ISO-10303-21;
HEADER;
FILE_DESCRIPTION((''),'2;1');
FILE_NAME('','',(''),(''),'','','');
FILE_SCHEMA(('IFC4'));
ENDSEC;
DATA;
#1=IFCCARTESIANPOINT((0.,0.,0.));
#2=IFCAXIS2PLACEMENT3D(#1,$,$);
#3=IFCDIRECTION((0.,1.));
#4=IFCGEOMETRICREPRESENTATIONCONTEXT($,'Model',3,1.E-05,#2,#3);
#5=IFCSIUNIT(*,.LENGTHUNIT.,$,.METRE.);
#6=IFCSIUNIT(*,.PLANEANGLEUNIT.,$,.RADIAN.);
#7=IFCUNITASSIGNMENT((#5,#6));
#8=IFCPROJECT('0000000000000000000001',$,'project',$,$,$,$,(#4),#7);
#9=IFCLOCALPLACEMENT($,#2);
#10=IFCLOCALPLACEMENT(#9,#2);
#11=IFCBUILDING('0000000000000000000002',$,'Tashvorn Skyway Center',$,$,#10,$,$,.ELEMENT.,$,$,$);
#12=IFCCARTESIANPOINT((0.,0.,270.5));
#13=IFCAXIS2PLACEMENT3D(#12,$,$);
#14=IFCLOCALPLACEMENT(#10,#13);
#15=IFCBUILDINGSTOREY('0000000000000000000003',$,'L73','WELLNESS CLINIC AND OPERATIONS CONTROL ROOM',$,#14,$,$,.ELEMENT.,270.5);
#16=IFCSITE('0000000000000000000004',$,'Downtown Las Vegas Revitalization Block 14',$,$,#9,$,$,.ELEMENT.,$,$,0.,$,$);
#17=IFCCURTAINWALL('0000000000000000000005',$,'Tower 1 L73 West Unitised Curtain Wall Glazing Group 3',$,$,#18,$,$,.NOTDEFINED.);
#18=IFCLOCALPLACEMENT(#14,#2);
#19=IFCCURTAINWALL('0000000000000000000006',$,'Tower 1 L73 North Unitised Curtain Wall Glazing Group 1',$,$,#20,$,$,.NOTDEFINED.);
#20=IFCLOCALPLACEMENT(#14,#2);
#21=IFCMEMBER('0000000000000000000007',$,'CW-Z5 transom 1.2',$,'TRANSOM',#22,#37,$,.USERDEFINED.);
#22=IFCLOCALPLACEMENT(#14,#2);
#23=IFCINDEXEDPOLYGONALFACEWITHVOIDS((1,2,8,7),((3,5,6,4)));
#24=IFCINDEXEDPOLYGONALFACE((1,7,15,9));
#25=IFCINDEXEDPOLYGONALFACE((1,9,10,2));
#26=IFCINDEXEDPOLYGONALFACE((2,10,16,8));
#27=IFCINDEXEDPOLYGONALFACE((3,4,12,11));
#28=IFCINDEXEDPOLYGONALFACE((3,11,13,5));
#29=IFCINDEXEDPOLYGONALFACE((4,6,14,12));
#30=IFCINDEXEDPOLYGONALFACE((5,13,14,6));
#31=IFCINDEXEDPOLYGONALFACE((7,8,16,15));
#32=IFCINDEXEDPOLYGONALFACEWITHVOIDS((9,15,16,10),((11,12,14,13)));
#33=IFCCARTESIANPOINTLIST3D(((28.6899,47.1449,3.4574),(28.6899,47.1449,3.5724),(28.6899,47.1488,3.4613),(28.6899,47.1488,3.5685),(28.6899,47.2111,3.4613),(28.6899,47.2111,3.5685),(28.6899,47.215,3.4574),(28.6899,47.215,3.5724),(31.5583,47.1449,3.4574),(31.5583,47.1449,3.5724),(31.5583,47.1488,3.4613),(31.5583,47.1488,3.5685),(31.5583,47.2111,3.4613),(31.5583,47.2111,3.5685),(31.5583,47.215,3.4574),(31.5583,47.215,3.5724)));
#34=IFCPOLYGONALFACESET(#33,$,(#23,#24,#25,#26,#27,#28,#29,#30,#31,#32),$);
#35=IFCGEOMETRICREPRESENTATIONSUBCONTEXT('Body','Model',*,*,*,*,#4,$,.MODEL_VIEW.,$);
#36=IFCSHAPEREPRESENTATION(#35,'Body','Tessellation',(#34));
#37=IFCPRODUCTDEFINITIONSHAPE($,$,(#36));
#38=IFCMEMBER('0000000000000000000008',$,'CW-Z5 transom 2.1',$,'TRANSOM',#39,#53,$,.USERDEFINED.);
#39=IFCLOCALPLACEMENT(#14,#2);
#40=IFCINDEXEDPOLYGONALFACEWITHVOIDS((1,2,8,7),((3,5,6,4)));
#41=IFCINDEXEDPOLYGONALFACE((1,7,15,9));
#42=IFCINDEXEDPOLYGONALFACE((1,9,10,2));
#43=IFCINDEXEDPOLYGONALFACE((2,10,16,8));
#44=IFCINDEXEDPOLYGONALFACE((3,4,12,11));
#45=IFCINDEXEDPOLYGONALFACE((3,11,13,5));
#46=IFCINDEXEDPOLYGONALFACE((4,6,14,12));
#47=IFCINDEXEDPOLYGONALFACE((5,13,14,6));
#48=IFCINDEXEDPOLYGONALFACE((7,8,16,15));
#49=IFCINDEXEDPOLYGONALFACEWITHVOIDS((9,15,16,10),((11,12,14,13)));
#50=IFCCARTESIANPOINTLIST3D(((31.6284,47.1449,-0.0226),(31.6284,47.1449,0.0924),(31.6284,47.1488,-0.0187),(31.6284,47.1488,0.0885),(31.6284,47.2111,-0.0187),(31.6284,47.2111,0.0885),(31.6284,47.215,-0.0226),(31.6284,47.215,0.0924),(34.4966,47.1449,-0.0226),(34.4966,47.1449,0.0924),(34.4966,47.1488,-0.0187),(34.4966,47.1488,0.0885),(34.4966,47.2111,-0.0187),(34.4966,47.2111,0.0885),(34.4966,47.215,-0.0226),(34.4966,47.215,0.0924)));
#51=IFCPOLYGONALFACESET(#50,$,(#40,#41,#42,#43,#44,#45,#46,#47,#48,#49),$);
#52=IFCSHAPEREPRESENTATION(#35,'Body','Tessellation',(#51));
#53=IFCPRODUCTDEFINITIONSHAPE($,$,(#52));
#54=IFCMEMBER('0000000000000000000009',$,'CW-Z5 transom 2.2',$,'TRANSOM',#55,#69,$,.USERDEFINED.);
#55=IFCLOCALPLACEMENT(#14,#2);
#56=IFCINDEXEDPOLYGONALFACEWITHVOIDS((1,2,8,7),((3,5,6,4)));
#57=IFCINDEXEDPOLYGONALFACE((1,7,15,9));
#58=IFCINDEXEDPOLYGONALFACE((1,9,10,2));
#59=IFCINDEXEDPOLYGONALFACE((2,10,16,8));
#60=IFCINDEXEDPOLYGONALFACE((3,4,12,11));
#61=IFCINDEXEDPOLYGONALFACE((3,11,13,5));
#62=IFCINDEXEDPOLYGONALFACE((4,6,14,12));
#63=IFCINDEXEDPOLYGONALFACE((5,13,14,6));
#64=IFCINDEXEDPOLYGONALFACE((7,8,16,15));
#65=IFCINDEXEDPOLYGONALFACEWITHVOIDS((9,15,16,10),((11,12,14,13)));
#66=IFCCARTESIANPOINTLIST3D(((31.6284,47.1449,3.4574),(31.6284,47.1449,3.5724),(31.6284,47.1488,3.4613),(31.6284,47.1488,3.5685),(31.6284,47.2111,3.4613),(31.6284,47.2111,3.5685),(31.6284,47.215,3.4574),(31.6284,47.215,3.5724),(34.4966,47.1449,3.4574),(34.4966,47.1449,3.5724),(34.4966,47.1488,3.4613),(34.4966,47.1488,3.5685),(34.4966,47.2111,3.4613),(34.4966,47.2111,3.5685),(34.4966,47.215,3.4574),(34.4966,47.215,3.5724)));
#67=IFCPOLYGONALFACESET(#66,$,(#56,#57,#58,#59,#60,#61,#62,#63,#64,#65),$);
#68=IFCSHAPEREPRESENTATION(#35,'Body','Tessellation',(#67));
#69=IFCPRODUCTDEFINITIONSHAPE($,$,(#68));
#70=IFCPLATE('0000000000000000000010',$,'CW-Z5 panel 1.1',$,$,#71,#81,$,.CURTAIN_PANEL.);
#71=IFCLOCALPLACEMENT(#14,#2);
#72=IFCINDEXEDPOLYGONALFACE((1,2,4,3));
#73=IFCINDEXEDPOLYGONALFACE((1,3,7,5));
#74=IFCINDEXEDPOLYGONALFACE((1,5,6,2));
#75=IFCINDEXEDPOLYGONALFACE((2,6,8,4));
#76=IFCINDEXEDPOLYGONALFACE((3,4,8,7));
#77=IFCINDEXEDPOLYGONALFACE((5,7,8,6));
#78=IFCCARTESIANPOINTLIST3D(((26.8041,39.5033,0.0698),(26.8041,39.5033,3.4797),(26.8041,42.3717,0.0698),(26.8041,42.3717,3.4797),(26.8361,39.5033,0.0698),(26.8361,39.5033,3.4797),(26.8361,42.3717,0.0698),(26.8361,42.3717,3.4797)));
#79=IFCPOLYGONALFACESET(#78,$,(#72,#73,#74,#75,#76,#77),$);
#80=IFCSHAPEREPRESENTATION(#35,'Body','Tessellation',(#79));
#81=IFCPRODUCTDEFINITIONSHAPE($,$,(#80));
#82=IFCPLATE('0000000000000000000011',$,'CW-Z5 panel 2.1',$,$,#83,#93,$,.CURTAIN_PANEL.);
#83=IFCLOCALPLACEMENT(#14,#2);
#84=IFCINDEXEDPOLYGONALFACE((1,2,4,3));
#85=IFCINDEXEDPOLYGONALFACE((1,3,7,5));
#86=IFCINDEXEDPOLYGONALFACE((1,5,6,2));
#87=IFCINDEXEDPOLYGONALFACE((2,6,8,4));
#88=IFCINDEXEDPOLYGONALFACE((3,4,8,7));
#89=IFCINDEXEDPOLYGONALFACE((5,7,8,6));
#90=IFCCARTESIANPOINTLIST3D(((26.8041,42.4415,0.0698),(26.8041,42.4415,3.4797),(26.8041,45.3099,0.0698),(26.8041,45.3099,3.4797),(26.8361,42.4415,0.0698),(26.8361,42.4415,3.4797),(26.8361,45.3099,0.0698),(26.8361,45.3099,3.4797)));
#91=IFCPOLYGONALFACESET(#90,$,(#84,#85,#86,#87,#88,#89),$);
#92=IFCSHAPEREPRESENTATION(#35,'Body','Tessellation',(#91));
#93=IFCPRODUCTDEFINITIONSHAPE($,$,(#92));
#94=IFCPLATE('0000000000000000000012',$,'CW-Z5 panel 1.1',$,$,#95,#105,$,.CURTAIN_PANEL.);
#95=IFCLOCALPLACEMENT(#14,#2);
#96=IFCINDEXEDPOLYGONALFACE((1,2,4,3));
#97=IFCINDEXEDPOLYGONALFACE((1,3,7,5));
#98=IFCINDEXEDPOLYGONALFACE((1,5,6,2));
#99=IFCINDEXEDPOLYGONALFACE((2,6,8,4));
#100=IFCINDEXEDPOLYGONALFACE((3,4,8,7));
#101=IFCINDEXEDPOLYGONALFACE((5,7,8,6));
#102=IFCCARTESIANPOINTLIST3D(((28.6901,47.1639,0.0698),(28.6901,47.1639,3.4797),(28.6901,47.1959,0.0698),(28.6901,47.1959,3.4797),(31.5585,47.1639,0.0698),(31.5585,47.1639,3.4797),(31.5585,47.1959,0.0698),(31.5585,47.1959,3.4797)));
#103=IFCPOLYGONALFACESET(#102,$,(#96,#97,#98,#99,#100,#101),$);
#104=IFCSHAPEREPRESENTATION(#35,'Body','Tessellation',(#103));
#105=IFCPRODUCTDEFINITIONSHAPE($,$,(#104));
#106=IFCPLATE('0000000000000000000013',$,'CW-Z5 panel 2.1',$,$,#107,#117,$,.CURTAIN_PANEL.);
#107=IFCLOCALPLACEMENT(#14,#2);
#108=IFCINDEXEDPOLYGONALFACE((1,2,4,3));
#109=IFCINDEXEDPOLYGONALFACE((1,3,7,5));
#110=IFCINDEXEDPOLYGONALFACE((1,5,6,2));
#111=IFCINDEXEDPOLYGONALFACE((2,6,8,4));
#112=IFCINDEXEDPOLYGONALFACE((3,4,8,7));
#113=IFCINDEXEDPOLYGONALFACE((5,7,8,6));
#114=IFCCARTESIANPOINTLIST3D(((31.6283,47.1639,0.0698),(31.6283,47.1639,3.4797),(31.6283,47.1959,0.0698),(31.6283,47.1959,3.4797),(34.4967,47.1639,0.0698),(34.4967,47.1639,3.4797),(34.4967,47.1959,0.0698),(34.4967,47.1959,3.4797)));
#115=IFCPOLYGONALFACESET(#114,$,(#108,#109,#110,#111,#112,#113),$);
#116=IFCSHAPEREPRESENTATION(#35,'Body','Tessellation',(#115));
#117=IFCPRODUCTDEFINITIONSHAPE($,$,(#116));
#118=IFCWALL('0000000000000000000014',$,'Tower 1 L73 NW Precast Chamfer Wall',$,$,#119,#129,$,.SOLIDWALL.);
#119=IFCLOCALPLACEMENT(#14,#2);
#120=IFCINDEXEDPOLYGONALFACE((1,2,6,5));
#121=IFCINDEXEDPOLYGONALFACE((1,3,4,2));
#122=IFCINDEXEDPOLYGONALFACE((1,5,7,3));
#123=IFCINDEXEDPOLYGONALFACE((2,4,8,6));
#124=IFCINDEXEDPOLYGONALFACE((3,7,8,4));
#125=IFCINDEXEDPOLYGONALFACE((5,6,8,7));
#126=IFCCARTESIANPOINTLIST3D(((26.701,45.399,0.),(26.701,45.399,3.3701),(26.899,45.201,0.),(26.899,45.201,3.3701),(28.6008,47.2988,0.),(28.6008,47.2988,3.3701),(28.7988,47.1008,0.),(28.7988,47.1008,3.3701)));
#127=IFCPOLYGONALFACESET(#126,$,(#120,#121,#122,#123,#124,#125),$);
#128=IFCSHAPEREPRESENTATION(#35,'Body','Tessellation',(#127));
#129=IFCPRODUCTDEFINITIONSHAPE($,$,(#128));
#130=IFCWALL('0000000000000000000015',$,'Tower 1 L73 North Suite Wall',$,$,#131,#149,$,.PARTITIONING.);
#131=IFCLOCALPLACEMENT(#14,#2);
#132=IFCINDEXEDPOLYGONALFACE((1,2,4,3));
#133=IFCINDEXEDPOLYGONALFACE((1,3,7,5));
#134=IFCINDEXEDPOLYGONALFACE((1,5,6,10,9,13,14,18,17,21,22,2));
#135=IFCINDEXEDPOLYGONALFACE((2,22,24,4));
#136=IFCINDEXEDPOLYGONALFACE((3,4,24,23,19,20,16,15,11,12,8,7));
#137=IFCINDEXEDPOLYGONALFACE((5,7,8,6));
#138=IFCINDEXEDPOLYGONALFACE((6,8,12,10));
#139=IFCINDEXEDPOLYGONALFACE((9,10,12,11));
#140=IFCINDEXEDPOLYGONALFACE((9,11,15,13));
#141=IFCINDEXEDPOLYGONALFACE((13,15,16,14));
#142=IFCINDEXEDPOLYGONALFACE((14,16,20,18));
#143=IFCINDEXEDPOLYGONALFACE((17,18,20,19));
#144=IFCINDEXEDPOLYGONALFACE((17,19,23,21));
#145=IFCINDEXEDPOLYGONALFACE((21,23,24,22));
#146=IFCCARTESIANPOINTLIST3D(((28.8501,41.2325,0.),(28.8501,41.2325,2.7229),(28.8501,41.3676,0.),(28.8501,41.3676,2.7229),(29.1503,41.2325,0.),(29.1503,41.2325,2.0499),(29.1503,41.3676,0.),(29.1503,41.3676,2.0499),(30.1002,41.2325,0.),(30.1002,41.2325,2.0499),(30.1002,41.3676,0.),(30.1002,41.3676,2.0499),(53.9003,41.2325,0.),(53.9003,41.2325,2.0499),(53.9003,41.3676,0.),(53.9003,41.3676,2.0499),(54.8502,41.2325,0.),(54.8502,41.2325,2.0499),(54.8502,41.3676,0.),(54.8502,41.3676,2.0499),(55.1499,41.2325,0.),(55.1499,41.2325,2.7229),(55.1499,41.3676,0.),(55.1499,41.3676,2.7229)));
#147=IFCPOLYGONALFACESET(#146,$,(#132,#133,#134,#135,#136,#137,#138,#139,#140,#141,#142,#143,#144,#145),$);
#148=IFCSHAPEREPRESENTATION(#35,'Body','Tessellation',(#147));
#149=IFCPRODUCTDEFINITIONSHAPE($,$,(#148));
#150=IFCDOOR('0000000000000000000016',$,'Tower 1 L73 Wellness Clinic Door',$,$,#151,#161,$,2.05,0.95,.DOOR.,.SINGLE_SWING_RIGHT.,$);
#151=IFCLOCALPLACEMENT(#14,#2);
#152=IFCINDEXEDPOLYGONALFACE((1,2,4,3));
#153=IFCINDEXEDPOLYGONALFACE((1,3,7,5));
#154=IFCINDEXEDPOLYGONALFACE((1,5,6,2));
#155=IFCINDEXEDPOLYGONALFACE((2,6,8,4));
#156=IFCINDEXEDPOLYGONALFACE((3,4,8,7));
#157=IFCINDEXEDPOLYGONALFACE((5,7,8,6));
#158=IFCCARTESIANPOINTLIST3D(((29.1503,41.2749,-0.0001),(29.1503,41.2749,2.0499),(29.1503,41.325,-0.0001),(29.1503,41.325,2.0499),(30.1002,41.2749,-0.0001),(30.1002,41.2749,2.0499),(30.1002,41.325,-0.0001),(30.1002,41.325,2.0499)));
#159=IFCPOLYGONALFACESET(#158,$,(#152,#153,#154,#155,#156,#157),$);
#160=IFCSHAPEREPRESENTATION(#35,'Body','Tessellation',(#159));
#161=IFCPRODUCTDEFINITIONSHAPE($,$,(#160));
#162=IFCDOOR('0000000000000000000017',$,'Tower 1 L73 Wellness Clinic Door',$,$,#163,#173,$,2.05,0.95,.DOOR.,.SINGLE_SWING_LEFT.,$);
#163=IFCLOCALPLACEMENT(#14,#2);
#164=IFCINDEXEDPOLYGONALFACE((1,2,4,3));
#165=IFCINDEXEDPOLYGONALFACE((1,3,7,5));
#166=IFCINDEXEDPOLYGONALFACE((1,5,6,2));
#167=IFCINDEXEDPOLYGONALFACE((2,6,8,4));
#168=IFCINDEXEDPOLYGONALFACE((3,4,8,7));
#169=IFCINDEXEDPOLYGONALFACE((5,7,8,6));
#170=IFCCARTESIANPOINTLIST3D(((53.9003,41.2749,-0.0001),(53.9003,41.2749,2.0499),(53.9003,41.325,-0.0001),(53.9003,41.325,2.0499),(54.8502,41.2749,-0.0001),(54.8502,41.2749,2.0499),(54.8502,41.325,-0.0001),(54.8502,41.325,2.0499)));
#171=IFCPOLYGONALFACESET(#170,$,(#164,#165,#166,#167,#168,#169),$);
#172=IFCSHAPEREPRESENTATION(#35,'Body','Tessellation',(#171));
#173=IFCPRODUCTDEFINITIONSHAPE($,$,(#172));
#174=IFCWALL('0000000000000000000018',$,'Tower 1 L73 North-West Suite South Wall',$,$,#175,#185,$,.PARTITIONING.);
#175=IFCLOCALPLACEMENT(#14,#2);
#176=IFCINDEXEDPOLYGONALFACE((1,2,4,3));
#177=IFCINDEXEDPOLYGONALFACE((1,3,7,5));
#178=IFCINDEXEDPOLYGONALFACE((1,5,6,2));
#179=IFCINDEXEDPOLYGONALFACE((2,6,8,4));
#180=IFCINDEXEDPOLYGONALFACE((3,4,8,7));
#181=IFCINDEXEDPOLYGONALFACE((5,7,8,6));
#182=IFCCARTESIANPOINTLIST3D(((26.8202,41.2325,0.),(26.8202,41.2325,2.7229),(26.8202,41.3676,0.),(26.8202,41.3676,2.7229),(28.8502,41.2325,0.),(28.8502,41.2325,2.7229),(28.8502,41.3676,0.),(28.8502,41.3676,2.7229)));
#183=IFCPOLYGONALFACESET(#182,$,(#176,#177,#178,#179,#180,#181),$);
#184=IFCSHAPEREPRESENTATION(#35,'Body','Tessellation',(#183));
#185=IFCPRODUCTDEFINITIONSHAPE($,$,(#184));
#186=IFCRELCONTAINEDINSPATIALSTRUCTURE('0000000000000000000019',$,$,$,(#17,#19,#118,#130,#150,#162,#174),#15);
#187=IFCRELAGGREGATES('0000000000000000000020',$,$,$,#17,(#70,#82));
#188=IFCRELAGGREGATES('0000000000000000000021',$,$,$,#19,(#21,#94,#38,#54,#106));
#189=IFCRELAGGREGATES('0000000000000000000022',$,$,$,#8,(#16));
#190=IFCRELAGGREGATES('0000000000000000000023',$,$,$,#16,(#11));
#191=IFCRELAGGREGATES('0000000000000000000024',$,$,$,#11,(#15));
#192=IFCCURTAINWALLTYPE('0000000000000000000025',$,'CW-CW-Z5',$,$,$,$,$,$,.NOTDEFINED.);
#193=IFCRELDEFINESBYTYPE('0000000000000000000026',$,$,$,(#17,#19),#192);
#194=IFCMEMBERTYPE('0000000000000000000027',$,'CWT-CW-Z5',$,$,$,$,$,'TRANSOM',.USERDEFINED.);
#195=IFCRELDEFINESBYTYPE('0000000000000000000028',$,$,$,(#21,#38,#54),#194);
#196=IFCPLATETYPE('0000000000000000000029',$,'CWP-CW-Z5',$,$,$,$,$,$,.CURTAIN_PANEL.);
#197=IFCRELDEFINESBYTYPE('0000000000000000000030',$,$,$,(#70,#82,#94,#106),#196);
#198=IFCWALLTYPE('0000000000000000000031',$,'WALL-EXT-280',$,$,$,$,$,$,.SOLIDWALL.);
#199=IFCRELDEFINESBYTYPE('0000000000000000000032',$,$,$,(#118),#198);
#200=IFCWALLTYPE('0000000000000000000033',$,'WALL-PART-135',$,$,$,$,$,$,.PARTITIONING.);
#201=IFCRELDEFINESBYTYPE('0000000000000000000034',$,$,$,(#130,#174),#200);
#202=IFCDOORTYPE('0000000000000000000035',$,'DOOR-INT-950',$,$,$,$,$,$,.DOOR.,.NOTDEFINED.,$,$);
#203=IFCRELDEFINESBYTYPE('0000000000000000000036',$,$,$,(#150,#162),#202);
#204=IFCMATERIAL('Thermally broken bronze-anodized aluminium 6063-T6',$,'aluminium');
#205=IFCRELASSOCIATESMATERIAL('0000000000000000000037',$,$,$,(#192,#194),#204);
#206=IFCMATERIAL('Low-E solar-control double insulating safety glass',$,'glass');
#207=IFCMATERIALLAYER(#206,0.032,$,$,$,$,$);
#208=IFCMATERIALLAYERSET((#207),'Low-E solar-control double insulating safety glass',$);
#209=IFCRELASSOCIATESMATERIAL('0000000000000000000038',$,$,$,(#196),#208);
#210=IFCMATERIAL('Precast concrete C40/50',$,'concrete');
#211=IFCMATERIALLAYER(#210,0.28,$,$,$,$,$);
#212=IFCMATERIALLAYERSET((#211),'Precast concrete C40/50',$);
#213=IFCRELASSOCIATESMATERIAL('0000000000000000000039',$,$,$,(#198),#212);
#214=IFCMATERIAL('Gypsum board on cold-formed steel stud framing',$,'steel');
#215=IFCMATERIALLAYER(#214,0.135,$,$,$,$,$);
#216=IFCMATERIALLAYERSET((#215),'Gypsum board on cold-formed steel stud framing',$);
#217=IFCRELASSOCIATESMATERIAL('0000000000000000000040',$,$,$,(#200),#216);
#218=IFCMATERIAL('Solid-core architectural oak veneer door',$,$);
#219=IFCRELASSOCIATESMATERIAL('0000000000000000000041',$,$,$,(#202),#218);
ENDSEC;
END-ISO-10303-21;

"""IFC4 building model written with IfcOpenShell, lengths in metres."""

from ifc_helpers import new_model, si_unit, direction, frame, frame_2d, origin, origin_2d, place, context, subcontext, project, spatial, rectangle, hollow_rectangle, extrude, material, layer, layer_set, material_profile, profile_set, type_object, element, fill, aggregate, save


model = new_model("IFC4")

# Units and contexts
model_context = context("Model", 3, precision=1e-05, world=origin(), true_north=direction((0.0, 1.0)))
body_context = subcontext(model_context, "Body", "Model", "MODEL_VIEW")
ifc_project = project(units=[si_unit("LENGTHUNIT", "METRE"), si_unit("PLANEANGLEUNIT", "RADIAN")], contexts=[model_context])

# Site, building, storey
site_placement = place(None, origin())
site = spatial("IfcSite", under=ifc_project, at=site_placement, Name="Downtown Las Vegas Revitalization Block 14", CompositionType="ELEMENT", RefElevation=0.0)
building_placement = place(site_placement, origin())
building = spatial("IfcBuilding", under=site, at=building_placement, Name="Tashvorn Skyway Center", CompositionType="ELEMENT")
storey_placement = place(building_placement, frame((0.0, 0.0, 270.5)))
storey = spatial("IfcBuildingStorey", under=building, at=storey_placement, Name="L73", Description="WELLNESS CLINIC AND OPERATIONS CONTROL ROOM", CompositionType="ELEMENT", Elevation=270.5)

# Curtain walls
ifc_material_1 = material(Name="Thermally broken bronze-anodized aluminium 6063-T6", Category="aluminium")
curtain_wall_type = type_object("IfcCurtainWallType", Name="CW-CW-Z5", PredefinedType="NOTDEFINED", material=ifc_material_1)
curtain_wall_1_placement = place(storey_placement, origin())
curtain_wall_1 = element("IfcCurtainWall", 1, at=curtain_wall_1_placement, inside=storey, type_object=curtain_wall_type, Name="Tower 1 L73 West Unitised Curtain Wall Glazing Group 3", PredefinedType="NOTDEFINED")
curtain_wall_2_placement = place(storey_placement, origin())
curtain_wall_2 = element("IfcCurtainWall", 2, at=curtain_wall_2_placement, inside=storey, type_object=curtain_wall_type, Name="Tower 1 L73 North Unitised Curtain Wall Glazing Group 1", PredefinedType="NOTDEFINED")

# Members
ifc_material_profile_1 = material_profile(ifc_material_1, hollow_rectangle(XDim=0.0701, YDim=0.115, WallThickness=0.0039, at=origin_2d()), Name="ALU-TRAN-70x115")
ifc_profile_set_1 = profile_set([ifc_material_profile_1], Name="Thermally broken bronze-anodized aluminium 6063-T6")
member_type_1 = type_object("IfcMemberType", Name="CWT-CW-Z5", ElementType="TRANSOM", PredefinedType="USERDEFINED", material=ifc_profile_set_1)
member_1_placement = place(storey_placement, frame((28.6899, 47.1799, 3.5149), z_axis=(1.0, 0.0, 0.0), x_axis=(0.0, 1.0, 0.0)))
member_1 = element("IfcMember", 3, at=member_1_placement, type_object=member_type_1, Name="CW-Z5 transom 1.2", ObjectType="TRANSOM", PredefinedType="USERDEFINED", context=body_context, shape_type="SweptSolid", body=[
    extrude(hollow_rectangle(XDim=0.0701, YDim=0.115, WallThickness=0.0039, at=origin_2d()), origin(), (0.0, 0.0, 1.0), 2.8684),
])
member_2_placement = place(storey_placement, frame((31.6284, 47.1799, 0.0349), z_axis=(1.0, 0.0, 0.0), x_axis=(0.0, 1.0, 0.0)))
member_2 = element("IfcMember", 4, at=member_2_placement, type_object=member_type_1, Name="CW-Z5 transom 2.1", ObjectType="TRANSOM", PredefinedType="USERDEFINED", context=body_context, shape_type="SweptSolid", body=[
    extrude(hollow_rectangle(XDim=0.0701, YDim=0.115, WallThickness=0.0039, at=origin_2d()), origin(), (0.0, 0.0, 1.0), 2.8682),
])
member_3_placement = place(storey_placement, frame((31.6284, 47.1799, 3.5149), z_axis=(1.0, 0.0, 0.0), x_axis=(0.0, 1.0, 0.0)))
member_3 = element("IfcMember", 5, at=member_3_placement, type_object=member_type_1, Name="CW-Z5 transom 2.2", ObjectType="TRANSOM", PredefinedType="USERDEFINED", context=body_context, shape_type="SweptSolid", body=[
    extrude(hollow_rectangle(XDim=0.0701, YDim=0.115, WallThickness=0.0039, at=origin_2d()), origin(), (0.0, 0.0, 1.0), 2.8682),
])

# Plates
ifc_material_2 = material(Name="Low-E solar-control double insulating safety glass", Category="glass")
ifc_layer_1 = layer(ifc_material_2, 0.032)
ifc_layer_set_1 = layer_set([ifc_layer_1], Name="Low-E solar-control double insulating safety glass")
plate_type = type_object("IfcPlateType", Name="CWP-CW-Z5", PredefinedType="CURTAIN_PANEL", material=ifc_layer_set_1)
plate_1_placement = place(storey_placement, frame((26.8201, 40.9375, 0.0698), z_axis=(0.0, 0.0, 1.0), x_axis=(0.0, 1.0, 0.0)))
plate_1 = element("IfcPlate", 6, at=plate_1_placement, type_object=plate_type, Name="CW-Z5 panel 1.1", PredefinedType="CURTAIN_PANEL", context=body_context, shape_type="SweptSolid", body=[
    extrude(rectangle(XDim=2.8684, YDim=0.032, at=origin_2d()), origin(), (0.0, 0.0, 1.0), 3.4099),
])
plate_2_placement = place(storey_placement, frame((26.8201, 43.8757, 0.0698), z_axis=(0.0, 0.0, 1.0), x_axis=(0.0, 1.0, 0.0)))
plate_2 = element("IfcPlate", 7, at=plate_2_placement, type_object=plate_type, Name="CW-Z5 panel 2.1", PredefinedType="CURTAIN_PANEL", context=body_context, shape_type="SweptSolid", body=[
    extrude(rectangle(XDim=2.8684, YDim=0.032, at=origin_2d()), origin(), (0.0, 0.0, 1.0), 3.4099),
])
aggregate(curtain_wall_1, [plate_1, plate_2])
plate_3_placement = place(storey_placement, frame((30.1243, 47.1799, 0.0698), z_axis=(0.0, 0.0, 1.0), x_axis=(1.0, 0.0, 0.0)))
plate_3 = element("IfcPlate", 8, at=plate_3_placement, type_object=plate_type, Name="CW-Z5 panel 1.1", PredefinedType="CURTAIN_PANEL", context=body_context, shape_type="SweptSolid", body=[
    extrude(rectangle(XDim=2.8684, YDim=0.032, at=origin_2d()), origin(), (0.0, 0.0, 1.0), 3.4099),
])
plate_4_placement = place(storey_placement, frame((33.0625, 47.1799, 0.0698), z_axis=(0.0, 0.0, 1.0), x_axis=(1.0, 0.0, 0.0)))
plate_4 = element("IfcPlate", 9, at=plate_4_placement, type_object=plate_type, Name="CW-Z5 panel 2.1", PredefinedType="CURTAIN_PANEL", context=body_context, shape_type="SweptSolid", body=[
    extrude(rectangle(XDim=2.8684, YDim=0.032, at=origin_2d()), origin(), (0.0, 0.0, 1.0), 3.4099),
])
aggregate(curtain_wall_2, [member_1, plate_3, member_2, member_3, plate_4])

# Wall
ifc_material_3 = material(Name="Precast concrete C40/50", Category="concrete")
ifc_layer_2 = layer(ifc_material_3, 0.28)
ifc_layer_set_2 = layer_set([ifc_layer_2], Name="Precast concrete C40/50")
wall_type_1 = type_object("IfcWallType", Name="WALL-EXT-280", PredefinedType="SOLIDWALL", material=ifc_layer_set_2)
wall_1_placement = place(storey_placement, frame((26.8, 45.3, 0.0), z_axis=(0.0, 0.0, 1.0), x_axis=(0.707107, 0.707107, 0.0)))
element("IfcWall", 10, at=wall_1_placement, inside=storey, type_object=wall_type_1, Name="Tower 1 L73 NW Precast Chamfer Wall", PredefinedType="SOLIDWALL", context=body_context, shape_type="SweptSolid", body=[
    extrude(rectangle(XDim=2.6868, YDim=0.28, at=frame_2d((1.3433, 0.0))), origin(), (0.0, 0.0, 1.0), 3.3701),
])

# Wall, openings, doors
ifc_material_4 = material(Name="Gypsum board on cold-formed steel stud framing", Category="steel")
ifc_layer_3 = layer(ifc_material_4, 0.135)
ifc_layer_set_3 = layer_set([ifc_layer_3], Name="Gypsum board on cold-formed steel stud framing")
wall_type_2 = type_object("IfcWallType", Name="WALL-PART-135", PredefinedType="PARTITIONING", material=ifc_layer_set_3)
wall_2_placement = place(storey_placement, frame((28.8501, 41.3, 0.0), z_axis=(0.0, 0.0, 1.0), x_axis=(1.0, 0.0, 0.0)))
wall_2 = element("IfcWall", 11, at=wall_2_placement, inside=storey, type_object=wall_type_2, Name="Tower 1 L73 North Suite Wall", PredefinedType="PARTITIONING", context=body_context, shape_type="SweptSolid", body=[
    extrude(rectangle(XDim=26.2998, YDim=0.135, at=frame_2d((13.1499, 0.0))), origin(), (0.0, 0.0, 1.0), 2.7229),
])
opening_1_placement = place(wall_2_placement, frame((0.3, 0.0, 0.0)))
opening_1 = element("IfcOpeningElement", 12, at=opening_1_placement, cuts=wall_2, PredefinedType="OPENING", context=body_context, shape_type="SweptSolid", body=[
    extrude(rectangle(XDim=0.95, YDim=2.05, at=frame_2d((0.4751, 1.0249))), frame((0.0, 0.0774, 0.0), z_axis=(0.0, -1.0, 0.0), x_axis=(1.0, 0.0, 0.0)), (0.0, 0.0, 1.0), 0.155),
])
opening_2_placement = place(wall_2_placement, frame((25.05, 0.0, 0.0)))
opening_2 = element("IfcOpeningElement", 13, at=opening_2_placement, cuts=wall_2, PredefinedType="OPENING", context=body_context, shape_type="SweptSolid", body=[
    extrude(rectangle(XDim=0.95, YDim=2.05, at=frame_2d((0.4751, 1.0249))), frame((0.0, 0.0774, 0.0), z_axis=(0.0, -1.0, 0.0), x_axis=(1.0, 0.0, 0.0)), (0.0, 0.0, 1.0), 0.155),
])
ifc_material_5 = material(Name="Solid-core architectural oak veneer door")
door_type = type_object("IfcDoorType", Name="DOOR-INT-950", OperationType="NOTDEFINED", PredefinedType="DOOR", material=ifc_material_5)
door_1_placement = place(opening_1_placement, origin())
door_1 = element("IfcDoor", 14, at=door_1_placement, inside=storey, type_object=door_type, Name="Tower 1 L73 Wellness Clinic Door", OperationType="SINGLE_SWING_RIGHT", OverallHeight=2.05, OverallWidth=0.95, PredefinedType="DOOR", context=body_context, shape_type="SweptSolid", body=[
    extrude(rectangle(XDim=0.95, YDim=2.05, at=frame_2d((0.4751, 1.0249))), frame((0.0, 0.0249, 0.0), z_axis=(0.0, -1.0, 0.0), x_axis=(1.0, 0.0, 0.0)), (0.0, 0.0, 1.0), 0.05),
])
fill(opening_1, door_1)
door_2_placement = place(opening_2_placement, origin())
door_2 = element("IfcDoor", 15, at=door_2_placement, inside=storey, type_object=door_type, Name="Tower 1 L73 Wellness Clinic Door", OperationType="SINGLE_SWING_LEFT", OverallHeight=2.05, OverallWidth=0.95, PredefinedType="DOOR", context=body_context, shape_type="SweptSolid", body=[
    extrude(rectangle(XDim=0.95, YDim=2.05, at=frame_2d((0.4751, 1.0249))), frame((0.0, 0.0249, 0.0), z_axis=(0.0, -1.0, 0.0), x_axis=(1.0, 0.0, 0.0)), (0.0, 0.0, 1.0), 0.05),
])
fill(opening_2, door_2)

# Wall
wall_3_placement = place(storey_placement, frame((26.8201, 41.3, 0.0), z_axis=(0.0, 0.0, 1.0), x_axis=(1.0, 0.0, 0.0)))
element("IfcWall", 16, at=wall_3_placement, inside=storey, type_object=wall_type_2, Name="Tower 1 L73 North-West Suite South Wall", PredefinedType="PARTITIONING", context=body_context, shape_type="SweptSolid", body=[
    extrude(rectangle(XDim=2.03, YDim=0.135, at=frame_2d((1.0151, 0.0))), origin(), (0.0, 0.0, 1.0), 2.7229),
])

save(model, "model.ifc")
